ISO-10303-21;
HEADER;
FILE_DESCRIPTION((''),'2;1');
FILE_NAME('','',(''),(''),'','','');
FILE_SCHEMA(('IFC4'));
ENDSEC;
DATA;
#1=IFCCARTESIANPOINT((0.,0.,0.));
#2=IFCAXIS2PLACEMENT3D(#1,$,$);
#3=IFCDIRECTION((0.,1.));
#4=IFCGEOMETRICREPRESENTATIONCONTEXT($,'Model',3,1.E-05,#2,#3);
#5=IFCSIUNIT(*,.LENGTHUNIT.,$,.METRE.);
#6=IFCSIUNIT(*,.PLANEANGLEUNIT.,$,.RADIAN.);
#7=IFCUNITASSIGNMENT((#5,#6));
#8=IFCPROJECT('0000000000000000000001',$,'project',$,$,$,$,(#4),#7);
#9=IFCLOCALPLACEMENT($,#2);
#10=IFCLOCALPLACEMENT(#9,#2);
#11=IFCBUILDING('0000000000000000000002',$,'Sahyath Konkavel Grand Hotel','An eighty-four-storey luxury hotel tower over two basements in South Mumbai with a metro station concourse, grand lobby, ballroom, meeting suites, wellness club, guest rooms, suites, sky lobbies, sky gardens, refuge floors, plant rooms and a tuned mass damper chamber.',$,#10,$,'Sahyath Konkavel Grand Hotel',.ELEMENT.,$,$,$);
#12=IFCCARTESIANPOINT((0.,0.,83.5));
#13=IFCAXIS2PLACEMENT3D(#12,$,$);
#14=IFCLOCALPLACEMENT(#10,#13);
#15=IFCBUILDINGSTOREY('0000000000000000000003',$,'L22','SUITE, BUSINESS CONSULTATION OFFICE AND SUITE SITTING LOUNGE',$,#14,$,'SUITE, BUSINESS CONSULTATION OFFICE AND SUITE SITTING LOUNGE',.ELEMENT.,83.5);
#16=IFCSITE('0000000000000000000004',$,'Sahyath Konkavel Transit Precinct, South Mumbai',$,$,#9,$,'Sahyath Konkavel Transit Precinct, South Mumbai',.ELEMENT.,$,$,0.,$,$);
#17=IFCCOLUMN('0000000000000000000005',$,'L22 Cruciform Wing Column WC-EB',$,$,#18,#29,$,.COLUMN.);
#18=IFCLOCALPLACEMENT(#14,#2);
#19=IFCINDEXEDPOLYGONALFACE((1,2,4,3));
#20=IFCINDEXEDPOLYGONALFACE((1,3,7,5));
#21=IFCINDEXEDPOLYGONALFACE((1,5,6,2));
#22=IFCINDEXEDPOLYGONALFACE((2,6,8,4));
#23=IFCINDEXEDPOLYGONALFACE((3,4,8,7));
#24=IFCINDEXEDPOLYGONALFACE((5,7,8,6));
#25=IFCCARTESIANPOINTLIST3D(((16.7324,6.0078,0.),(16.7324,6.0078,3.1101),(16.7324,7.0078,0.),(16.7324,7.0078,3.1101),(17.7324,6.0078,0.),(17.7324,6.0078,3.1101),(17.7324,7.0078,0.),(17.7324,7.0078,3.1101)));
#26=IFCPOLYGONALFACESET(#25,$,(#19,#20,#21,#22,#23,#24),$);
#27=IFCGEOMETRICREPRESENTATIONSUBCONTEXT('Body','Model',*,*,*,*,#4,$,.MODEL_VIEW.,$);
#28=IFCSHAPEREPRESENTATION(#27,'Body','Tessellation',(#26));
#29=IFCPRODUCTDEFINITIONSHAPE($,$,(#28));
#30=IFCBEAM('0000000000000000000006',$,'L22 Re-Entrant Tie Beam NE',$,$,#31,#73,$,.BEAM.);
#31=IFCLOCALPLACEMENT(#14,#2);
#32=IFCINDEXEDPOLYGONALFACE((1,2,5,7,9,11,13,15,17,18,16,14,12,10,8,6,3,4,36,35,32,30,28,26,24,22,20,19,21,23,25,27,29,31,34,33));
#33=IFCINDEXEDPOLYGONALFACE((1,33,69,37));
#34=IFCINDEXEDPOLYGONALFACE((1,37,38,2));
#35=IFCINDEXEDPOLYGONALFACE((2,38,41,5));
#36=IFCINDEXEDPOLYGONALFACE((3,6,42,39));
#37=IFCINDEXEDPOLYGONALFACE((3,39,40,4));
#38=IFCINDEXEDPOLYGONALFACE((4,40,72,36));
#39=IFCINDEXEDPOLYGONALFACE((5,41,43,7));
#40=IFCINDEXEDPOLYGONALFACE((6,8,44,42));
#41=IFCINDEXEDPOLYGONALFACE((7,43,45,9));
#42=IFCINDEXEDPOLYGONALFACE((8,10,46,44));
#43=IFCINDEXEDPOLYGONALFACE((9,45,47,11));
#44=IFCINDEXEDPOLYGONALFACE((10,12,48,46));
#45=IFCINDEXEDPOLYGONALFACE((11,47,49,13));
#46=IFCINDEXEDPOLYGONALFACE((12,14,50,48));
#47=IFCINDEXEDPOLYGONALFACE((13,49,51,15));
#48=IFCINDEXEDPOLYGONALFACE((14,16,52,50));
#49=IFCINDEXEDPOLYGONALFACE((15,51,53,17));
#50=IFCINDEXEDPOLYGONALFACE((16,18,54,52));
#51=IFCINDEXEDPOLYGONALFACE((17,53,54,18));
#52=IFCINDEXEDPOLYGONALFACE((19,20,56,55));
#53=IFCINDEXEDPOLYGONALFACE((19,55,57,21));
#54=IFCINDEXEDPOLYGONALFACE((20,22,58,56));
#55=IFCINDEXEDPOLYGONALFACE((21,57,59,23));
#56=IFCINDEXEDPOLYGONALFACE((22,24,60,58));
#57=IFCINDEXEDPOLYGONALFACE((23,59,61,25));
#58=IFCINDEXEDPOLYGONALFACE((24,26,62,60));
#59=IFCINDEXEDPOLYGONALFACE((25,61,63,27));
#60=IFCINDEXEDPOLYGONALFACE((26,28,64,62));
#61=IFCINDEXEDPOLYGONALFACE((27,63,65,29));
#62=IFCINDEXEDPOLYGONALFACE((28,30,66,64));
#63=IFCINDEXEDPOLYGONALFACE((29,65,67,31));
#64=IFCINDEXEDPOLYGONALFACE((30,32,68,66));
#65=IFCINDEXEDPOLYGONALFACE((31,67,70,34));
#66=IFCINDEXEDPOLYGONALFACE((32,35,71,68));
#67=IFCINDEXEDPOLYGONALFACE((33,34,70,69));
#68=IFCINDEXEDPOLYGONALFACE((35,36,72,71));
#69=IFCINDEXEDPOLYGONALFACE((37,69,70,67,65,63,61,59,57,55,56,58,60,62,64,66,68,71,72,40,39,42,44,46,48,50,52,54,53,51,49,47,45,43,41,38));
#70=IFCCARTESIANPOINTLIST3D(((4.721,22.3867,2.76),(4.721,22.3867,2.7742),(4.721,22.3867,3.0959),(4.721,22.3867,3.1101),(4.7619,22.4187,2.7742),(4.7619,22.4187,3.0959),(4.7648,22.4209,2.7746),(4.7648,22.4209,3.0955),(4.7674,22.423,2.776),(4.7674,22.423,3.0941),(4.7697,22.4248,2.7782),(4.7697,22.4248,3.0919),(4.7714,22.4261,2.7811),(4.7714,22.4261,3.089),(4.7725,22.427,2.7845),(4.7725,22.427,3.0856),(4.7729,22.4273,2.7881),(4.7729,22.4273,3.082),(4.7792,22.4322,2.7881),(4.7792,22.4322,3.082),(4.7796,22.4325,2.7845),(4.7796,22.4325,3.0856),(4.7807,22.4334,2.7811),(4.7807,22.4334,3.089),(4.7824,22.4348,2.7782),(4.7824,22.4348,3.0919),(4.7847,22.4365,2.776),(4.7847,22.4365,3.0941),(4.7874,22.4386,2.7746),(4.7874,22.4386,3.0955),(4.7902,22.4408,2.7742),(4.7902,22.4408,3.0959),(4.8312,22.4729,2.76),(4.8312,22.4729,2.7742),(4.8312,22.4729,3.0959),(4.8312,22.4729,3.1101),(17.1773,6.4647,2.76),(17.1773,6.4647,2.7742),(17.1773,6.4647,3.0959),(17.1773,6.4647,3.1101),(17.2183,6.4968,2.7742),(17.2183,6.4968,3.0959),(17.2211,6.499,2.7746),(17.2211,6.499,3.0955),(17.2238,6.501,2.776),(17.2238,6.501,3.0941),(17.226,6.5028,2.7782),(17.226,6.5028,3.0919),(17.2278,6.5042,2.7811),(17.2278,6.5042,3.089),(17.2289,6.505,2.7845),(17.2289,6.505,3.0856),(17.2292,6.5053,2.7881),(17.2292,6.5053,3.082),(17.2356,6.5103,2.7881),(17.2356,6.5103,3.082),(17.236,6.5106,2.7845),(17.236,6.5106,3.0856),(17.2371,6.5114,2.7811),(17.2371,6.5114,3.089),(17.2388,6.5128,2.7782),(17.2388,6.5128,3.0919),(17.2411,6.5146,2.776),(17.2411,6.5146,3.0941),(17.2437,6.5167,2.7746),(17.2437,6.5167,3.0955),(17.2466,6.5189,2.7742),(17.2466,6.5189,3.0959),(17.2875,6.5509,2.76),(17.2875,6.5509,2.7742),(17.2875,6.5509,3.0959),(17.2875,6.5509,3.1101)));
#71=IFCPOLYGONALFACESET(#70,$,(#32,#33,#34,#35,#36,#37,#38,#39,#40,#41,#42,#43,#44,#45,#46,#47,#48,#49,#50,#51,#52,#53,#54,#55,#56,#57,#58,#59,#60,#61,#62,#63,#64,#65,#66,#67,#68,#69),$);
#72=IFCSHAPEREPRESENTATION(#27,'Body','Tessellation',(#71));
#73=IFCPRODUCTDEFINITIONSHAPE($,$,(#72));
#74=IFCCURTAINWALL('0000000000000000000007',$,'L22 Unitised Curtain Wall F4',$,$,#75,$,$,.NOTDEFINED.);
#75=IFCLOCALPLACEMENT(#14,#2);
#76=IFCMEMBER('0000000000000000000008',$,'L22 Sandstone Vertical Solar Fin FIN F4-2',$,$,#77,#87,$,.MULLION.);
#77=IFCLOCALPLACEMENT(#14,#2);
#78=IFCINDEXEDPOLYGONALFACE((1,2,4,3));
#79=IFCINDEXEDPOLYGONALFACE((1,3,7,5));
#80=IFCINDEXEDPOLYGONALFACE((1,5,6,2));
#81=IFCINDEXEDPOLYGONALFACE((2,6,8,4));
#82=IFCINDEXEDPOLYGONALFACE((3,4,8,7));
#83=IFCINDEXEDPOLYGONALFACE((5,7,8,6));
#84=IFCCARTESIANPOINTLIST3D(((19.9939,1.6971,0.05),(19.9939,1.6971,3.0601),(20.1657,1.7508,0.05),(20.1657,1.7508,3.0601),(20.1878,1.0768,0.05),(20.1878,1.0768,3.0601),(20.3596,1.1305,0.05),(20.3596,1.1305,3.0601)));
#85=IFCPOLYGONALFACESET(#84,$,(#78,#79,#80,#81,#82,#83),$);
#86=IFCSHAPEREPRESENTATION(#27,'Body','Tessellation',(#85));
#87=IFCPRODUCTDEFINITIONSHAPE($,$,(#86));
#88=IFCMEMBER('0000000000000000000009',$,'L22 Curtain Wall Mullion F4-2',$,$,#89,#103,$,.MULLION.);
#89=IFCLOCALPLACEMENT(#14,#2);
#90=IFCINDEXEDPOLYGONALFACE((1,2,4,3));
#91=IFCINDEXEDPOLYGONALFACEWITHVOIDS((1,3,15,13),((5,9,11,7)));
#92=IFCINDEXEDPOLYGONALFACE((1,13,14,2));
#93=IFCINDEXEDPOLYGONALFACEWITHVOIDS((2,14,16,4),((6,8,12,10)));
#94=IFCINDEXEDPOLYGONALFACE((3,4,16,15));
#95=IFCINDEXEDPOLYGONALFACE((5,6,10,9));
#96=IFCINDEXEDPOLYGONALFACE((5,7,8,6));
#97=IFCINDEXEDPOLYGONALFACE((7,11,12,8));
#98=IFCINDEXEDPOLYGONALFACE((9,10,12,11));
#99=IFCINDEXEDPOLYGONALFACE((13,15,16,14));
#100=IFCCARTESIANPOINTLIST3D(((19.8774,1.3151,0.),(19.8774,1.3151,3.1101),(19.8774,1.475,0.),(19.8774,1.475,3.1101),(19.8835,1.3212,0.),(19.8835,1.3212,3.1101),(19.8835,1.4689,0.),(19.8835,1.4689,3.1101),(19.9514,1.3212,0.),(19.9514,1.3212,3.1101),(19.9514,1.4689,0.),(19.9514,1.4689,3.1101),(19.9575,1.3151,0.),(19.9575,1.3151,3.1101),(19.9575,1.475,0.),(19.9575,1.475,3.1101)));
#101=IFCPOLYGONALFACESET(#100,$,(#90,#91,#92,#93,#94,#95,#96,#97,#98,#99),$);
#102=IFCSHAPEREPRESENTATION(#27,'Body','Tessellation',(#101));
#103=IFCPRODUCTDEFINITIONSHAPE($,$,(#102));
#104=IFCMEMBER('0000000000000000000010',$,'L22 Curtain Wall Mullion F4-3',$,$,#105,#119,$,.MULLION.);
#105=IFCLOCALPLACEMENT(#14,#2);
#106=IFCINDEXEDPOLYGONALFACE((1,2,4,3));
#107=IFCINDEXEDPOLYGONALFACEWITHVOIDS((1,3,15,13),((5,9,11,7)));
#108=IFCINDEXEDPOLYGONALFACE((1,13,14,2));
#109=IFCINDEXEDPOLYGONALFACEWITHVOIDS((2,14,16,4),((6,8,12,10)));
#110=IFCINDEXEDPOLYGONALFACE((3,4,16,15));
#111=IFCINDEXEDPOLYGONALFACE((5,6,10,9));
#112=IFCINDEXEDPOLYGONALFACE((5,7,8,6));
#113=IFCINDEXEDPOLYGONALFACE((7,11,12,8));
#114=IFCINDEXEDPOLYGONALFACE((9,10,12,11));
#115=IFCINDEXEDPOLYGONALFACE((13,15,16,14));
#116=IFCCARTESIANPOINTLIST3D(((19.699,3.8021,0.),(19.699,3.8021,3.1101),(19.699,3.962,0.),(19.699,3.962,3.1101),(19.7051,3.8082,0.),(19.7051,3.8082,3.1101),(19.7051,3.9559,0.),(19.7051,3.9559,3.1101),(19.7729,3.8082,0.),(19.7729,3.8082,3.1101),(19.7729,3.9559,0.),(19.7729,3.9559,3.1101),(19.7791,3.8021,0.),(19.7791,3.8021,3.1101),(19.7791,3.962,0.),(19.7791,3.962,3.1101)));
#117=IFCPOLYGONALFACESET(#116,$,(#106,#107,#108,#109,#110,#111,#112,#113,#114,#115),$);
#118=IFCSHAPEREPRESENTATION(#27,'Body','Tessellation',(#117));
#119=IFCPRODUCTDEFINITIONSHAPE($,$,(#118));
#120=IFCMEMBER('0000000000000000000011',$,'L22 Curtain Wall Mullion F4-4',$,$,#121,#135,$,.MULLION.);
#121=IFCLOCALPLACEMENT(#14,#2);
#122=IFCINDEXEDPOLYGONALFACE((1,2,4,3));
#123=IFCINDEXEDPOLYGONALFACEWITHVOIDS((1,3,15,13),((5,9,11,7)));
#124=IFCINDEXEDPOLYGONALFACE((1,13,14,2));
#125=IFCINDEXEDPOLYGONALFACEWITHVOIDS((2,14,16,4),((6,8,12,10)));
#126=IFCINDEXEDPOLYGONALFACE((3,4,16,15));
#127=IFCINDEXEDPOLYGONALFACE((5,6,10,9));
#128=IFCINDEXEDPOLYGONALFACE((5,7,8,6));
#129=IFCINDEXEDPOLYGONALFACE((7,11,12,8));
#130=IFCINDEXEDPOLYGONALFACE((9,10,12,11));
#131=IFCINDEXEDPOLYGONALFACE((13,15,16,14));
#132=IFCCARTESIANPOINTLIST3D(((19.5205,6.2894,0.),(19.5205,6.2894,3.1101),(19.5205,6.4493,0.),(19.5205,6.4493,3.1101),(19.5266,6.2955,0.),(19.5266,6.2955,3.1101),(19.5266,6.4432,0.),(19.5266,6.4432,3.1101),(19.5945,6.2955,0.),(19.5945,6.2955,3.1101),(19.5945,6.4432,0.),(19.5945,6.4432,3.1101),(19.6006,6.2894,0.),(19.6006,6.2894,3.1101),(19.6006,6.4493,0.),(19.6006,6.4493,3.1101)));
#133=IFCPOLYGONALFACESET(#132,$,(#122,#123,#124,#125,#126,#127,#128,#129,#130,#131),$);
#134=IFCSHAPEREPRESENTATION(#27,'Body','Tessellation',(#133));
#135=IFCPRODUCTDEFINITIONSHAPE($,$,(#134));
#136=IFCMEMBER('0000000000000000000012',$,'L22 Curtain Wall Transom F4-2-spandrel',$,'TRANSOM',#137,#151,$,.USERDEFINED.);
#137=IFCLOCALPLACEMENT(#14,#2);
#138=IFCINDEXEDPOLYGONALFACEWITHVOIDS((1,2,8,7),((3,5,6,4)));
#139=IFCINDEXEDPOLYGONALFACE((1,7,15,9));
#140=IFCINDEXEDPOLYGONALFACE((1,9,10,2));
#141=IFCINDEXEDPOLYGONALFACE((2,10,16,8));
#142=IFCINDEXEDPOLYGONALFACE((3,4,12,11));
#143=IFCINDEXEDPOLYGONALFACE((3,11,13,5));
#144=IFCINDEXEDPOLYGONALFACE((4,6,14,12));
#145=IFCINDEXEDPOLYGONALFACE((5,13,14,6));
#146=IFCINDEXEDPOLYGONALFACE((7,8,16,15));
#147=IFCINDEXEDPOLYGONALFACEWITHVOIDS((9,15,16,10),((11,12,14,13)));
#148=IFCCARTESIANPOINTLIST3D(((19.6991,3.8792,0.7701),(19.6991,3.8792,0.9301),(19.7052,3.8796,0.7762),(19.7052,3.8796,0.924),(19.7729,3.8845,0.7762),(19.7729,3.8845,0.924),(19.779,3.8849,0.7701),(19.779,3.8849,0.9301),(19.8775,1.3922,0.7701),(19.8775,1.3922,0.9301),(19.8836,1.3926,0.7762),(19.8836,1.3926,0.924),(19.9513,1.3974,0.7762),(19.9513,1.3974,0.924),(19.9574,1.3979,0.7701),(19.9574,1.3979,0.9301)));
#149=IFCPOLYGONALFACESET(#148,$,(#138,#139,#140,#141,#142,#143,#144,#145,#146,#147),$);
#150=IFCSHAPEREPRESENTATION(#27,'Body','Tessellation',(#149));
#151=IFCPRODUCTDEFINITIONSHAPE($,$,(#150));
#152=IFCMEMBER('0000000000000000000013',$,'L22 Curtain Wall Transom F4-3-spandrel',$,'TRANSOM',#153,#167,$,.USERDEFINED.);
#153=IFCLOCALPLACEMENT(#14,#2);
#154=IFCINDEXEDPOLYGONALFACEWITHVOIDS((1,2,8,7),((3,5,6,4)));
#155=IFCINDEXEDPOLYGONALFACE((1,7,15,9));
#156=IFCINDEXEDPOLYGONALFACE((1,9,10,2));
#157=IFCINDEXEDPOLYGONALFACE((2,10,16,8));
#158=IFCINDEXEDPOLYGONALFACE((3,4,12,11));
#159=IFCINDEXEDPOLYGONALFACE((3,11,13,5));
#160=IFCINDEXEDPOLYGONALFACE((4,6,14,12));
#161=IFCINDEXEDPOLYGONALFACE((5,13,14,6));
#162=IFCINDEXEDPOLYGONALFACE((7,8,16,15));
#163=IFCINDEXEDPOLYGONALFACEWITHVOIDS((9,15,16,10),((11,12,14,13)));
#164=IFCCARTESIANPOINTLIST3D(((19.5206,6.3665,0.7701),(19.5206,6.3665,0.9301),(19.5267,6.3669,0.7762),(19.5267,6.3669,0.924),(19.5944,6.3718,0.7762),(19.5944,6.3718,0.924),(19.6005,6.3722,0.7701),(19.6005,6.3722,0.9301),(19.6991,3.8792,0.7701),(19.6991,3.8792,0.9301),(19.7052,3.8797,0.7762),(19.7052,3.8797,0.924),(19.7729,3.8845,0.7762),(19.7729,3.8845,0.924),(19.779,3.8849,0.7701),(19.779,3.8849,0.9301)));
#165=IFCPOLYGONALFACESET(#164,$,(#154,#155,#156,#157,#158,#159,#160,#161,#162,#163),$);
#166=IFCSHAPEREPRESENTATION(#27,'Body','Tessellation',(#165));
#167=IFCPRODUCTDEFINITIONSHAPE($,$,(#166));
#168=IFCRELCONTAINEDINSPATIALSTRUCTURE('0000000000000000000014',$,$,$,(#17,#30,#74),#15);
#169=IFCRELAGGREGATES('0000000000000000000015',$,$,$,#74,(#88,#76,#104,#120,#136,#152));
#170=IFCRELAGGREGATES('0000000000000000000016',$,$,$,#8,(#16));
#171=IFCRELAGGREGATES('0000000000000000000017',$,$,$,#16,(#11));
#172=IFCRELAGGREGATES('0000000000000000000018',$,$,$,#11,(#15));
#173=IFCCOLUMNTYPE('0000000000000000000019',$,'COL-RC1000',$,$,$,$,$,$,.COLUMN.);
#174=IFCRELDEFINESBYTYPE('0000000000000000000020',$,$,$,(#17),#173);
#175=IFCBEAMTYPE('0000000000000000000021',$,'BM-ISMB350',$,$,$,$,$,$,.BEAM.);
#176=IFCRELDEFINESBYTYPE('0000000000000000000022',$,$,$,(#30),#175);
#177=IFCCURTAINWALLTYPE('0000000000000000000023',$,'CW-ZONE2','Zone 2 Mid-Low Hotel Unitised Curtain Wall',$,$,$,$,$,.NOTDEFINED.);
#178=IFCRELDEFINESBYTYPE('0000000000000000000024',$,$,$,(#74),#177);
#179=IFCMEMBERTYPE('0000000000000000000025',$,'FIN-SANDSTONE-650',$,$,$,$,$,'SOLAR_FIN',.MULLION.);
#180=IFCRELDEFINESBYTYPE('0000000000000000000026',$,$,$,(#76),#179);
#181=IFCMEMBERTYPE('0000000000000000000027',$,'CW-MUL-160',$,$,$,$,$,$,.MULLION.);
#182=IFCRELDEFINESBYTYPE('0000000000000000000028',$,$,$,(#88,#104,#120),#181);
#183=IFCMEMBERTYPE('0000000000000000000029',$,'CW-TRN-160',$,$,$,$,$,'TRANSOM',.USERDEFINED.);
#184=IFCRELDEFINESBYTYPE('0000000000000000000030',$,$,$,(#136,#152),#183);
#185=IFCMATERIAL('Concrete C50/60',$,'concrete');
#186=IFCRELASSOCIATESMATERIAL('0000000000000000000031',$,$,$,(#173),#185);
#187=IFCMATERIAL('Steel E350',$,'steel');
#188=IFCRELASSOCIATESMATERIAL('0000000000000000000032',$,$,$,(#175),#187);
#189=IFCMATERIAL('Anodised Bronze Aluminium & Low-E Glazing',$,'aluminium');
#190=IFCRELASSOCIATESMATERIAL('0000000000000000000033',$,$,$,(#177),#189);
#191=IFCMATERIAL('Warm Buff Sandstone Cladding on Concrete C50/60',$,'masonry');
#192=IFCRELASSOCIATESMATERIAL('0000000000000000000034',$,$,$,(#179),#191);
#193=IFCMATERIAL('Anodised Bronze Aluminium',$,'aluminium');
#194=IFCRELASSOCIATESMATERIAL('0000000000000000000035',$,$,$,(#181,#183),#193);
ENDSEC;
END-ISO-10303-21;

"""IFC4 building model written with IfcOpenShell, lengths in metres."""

from ifc_helpers import new_model, si_unit, direction, frame, origin, origin_2d, place, context, subcontext, project, spatial, rectangle, hollow_rectangle, i_section, extrude, source, transform, mapped, material, material_profile, profile_set, type_object, element, aggregate, save


model = new_model("IFC4")

# Units and contexts
model_context = context("Model", 3, precision=1e-05, world=origin(), true_north=direction((0.0, 1.0)))
body_context = subcontext(model_context, "Body", "Model", "MODEL_VIEW")
ifc_project = project(units=[si_unit("LENGTHUNIT", "METRE"), si_unit("PLANEANGLEUNIT", "RADIAN")], contexts=[model_context])

# Site, building, storey
site_placement = place(None, origin())
site = spatial("IfcSite", under=ifc_project, at=site_placement, Name="Sahyath Konkavel Transit Precinct, South Mumbai", LongName="Sahyath Konkavel Transit Precinct, South Mumbai", CompositionType="ELEMENT", RefElevation=0.0)
building_placement = place(site_placement, origin())
building = spatial("IfcBuilding", under=site, at=building_placement, Name="Sahyath Konkavel Grand Hotel", Description="An eighty-four-storey luxury hotel tower over two basements in South Mumbai with a metro station concourse, grand lobby, ballroom, meeting suites, wellness club, guest rooms, suites, sky lobbies, sky gardens, refuge floors, plant rooms and a tuned mass damper chamber.", LongName="Sahyath Konkavel Grand Hotel", CompositionType="ELEMENT")
storey_placement = place(building_placement, frame((0.0, 0.0, 83.5)))
storey = spatial("IfcBuildingStorey", under=building, at=storey_placement, Name="L22", Description="SUITE, BUSINESS CONSULTATION OFFICE AND SUITE SITTING LOUNGE", LongName="SUITE, BUSINESS CONSULTATION OFFICE AND SUITE SITTING LOUNGE", CompositionType="ELEMENT", Elevation=83.5)

# Column
ifc_material_1 = material(Name="Concrete C50/60", Category="concrete")
ifc_material_profile_1 = material_profile(ifc_material_1, rectangle(XDim=1.0, YDim=1.0, at=origin_2d()), Name="RC 1000x1000")
ifc_profile_set_1 = profile_set([ifc_material_profile_1], Name="Concrete C50/60")
column_type = type_object("IfcColumnType", Name="COL-RC1000", PredefinedType="COLUMN", material=ifc_profile_set_1)
shared_shape_1 = source(origin(), body_context, "Body", "SweptSolid", [
    extrude(rectangle(XDim=1.0, YDim=1.0, at=origin_2d()), origin(), (0.0, 0.0, 1.0), 3.1101),
])
column_placement = place(storey_placement, frame((17.2324, 6.5078, 0.0), z_axis=(0.0, 0.0, 1.0), x_axis=(1.0, 0.0, 0.0)))
element("IfcColumn", 1, at=column_placement, inside=storey, type_object=column_type, Name="L22 Cruciform Wing Column WC-EB", PredefinedType="COLUMN", context=body_context, shape_type="MappedRepresentation", body=[
    mapped(shared_shape_1, transform((0.0, 0.0, 0.0), scale=1.0)),
])

# Beam
ifc_material_2 = material(Name="Steel E350", Category="steel")
ifc_material_profile_2 = material_profile(ifc_material_2, i_section(OverallWidth=0.1399, OverallDepth=0.3501, WebThickness=0.0081, FlangeThickness=0.0142, FilletRadius=0.0139, at=origin_2d()), Name="ISMB 350")
ifc_profile_set_2 = profile_set([ifc_material_profile_2], Name="Steel E350")
beam_type_1 = type_object("IfcBeamType", Name="BM-ISMB350", PredefinedType="BEAM", material=ifc_profile_set_2)
shared_shape_2 = source(origin(), body_context, "Body", "SweptSolid", [
    extrude(i_section(OverallWidth=0.1399, OverallDepth=0.3501, WebThickness=0.0081, FlangeThickness=0.0142, FilletRadius=0.0139, at=origin_2d()), origin(), (0.0, 0.0, 1.0), 20.2156),
])
beam_1_placement = place(storey_placement, frame((17.2324, 6.5078, 2.9351), z_axis=(-0.616176, 0.787608, 0.0), x_axis=(-0.787608, -0.616176, 0.0)))
element("IfcBeam", 2, at=beam_1_placement, inside=storey, type_object=beam_type_1, Name="L22 Re-Entrant Tie Beam NE", PredefinedType="BEAM", context=body_context, shape_type="MappedRepresentation", body=[
    mapped(shared_shape_2, transform((0.0, 0.0, 0.0), scale=1.0)),
])

# Curtain wall, members
ifc_material_3 = material(Name="Anodised Bronze Aluminium & Low-E Glazing", Category="aluminium")
curtain_wall_type = type_object("IfcCurtainWallType", Name="CW-ZONE2", Description="Zone 2 Mid-Low Hotel Unitised Curtain Wall", PredefinedType="NOTDEFINED", material=ifc_material_3)
curtain_wall_placement = place(storey_placement, origin())
curtain_wall = element("IfcCurtainWall", 3, at=curtain_wall_placement, inside=storey, type_object=curtain_wall_type, Name="L22 Unitised Curtain Wall F4", PredefinedType="NOTDEFINED")
ifc_material_4 = material(Name="Warm Buff Sandstone Cladding on Concrete C50/60", Category="masonry")
ifc_material_profile_3 = material_profile(ifc_material_4, rectangle(XDim=0.1799, YDim=0.6499, at=origin_2d()), Name="FIN 180x650")
ifc_profile_set_3 = profile_set([ifc_material_profile_3], Name="Warm Buff Sandstone Cladding on Concrete C50/60")
member_type_1 = type_object("IfcMemberType", Name="FIN-SANDSTONE-650", ElementType="SOLAR_FIN", PredefinedType="MULLION", material=ifc_profile_set_3)
shared_shape_3 = source(origin(), body_context, "Body", "SweptSolid", [
    extrude(rectangle(XDim=0.1799, YDim=0.6499, at=origin_2d()), origin(), (0.0, 0.0, 1.0), 3.01),
])
member_1_placement = place(storey_placement, frame((20.1768, 1.4138, 0.05), z_axis=(0.0, 0.0, 1.0), x_axis=(0.954449, 0.298375, 0.0)))
member_1 = element("IfcMember", 4, at=member_1_placement, type_object=member_type_1, Name="L22 Sandstone Vertical Solar Fin FIN F4-2", PredefinedType="MULLION", context=body_context, shape_type="MappedRepresentation", body=[
    mapped(shared_shape_3, transform((0.0, 0.0, 0.0), scale=1.0)),
])
ifc_material_5 = material(Name="Anodised Bronze Aluminium", Category="aluminium")
ifc_material_profile_4 = material_profile(ifc_material_5, hollow_rectangle(XDim=0.0801, YDim=0.1599, WallThickness=0.0061, at=origin_2d()), Name="RHS 160x80x6")
ifc_profile_set_4 = profile_set([ifc_material_profile_4], Name="Anodised Bronze Aluminium")
member_type_2 = type_object("IfcMemberType", Name="CW-MUL-160", PredefinedType="MULLION", material=ifc_profile_set_4)
shared_shape_4 = source(origin(), body_context, "Body", "SweptSolid", [
    extrude(hollow_rectangle(XDim=0.0801, YDim=0.1599, WallThickness=0.0061, at=origin_2d()), origin(), (0.0, 0.0, 1.0), 3.1101),
])
member_2_placement = place(storey_placement, frame((19.9175, 1.395, 0.0), z_axis=(0.0, 0.0, 1.0), x_axis=(1.0, 0.0, 0.0)))
member_2 = element("IfcMember", 5, at=member_2_placement, type_object=member_type_2, Name="L22 Curtain Wall Mullion F4-2", PredefinedType="MULLION", context=body_context, shape_type="MappedRepresentation", body=[
    mapped(shared_shape_4, transform((0.0, 0.0, 0.0), scale=1.0)),
])
member_3_placement = place(storey_placement, frame((19.739, 3.8821, 0.0), z_axis=(0.0, 0.0, 1.0), x_axis=(1.0, 0.0, 0.0)))
member_3 = element("IfcMember", 6, at=member_3_placement, type_object=member_type_2, Name="L22 Curtain Wall Mullion F4-3", PredefinedType="MULLION", context=body_context, shape_type="MappedRepresentation", body=[
    mapped(shared_shape_4, transform((0.0, 0.0, 0.0), scale=1.0)),
])
member_4_placement = place(storey_placement, frame((19.5605, 6.3694, 0.0), z_axis=(0.0, 0.0, 1.0), x_axis=(1.0, 0.0, 0.0)))
member_4 = element("IfcMember", 7, at=member_4_placement, type_object=member_type_2, Name="L22 Curtain Wall Mullion F4-4", PredefinedType="MULLION", context=body_context, shape_type="MappedRepresentation", body=[
    mapped(shared_shape_4, transform((0.0, 0.0, 0.0), scale=1.0)),
])
ifc_material_profile_5 = material_profile(ifc_material_5, hollow_rectangle(XDim=0.0801, YDim=0.1599, WallThickness=0.0061, at=origin_2d()), Name="RHS 160x80x6")
ifc_profile_set_5 = profile_set([ifc_material_profile_5], Name="Anodised Bronze Aluminium")
member_type_3 = type_object("IfcMemberType", Name="CW-TRN-160", ElementType="TRANSOM", PredefinedType="USERDEFINED", material=ifc_profile_set_5)
shared_shape_5 = source(origin(), body_context, "Body", "SweptSolid", [
    extrude(hollow_rectangle(XDim=0.0801, YDim=0.1599, WallThickness=0.0061, at=origin_2d()), origin(), (0.0, 0.0, 1.0), 2.4934),
])
member_5_placement = place(storey_placement, frame((19.9175, 1.395, 0.8501), z_axis=(-0.071574, 0.997435, 0.0), x_axis=(-0.997435, -0.071574, 0.0)))
member_5 = element("IfcMember", 8, at=member_5_placement, type_object=member_type_3, Name="L22 Curtain Wall Transom F4-2-spandrel", ObjectType="TRANSOM", PredefinedType="USERDEFINED", context=body_context, shape_type="MappedRepresentation", body=[
    mapped(shared_shape_5, transform((0.0, 0.0, 0.0), scale=1.0)),
])
shared_shape_6 = source(origin(), body_context, "Body", "SweptSolid", [
    extrude(hollow_rectangle(XDim=0.0801, YDim=0.1599, WallThickness=0.0061, at=origin_2d()), origin(), (0.0, 0.0, 1.0), 2.4937),
])
member_6_placement = place(storey_placement, frame((19.739, 3.8821, 0.8501), z_axis=(-0.071567, 0.997436, 0.0), x_axis=(-0.997436, -0.071567, 0.0)))
member_6 = element("IfcMember", 9, at=member_6_placement, type_object=member_type_3, Name="L22 Curtain Wall Transom F4-3-spandrel", ObjectType="TRANSOM", PredefinedType="USERDEFINED", context=body_context, shape_type="MappedRepresentation", body=[
    mapped(shared_shape_6, transform((0.0, 0.0, 0.0), scale=1.0)),
])

aggregate(curtain_wall, [member_2, member_1, member_3, member_4, member_5, member_6])

save(model, "model.ifc")
